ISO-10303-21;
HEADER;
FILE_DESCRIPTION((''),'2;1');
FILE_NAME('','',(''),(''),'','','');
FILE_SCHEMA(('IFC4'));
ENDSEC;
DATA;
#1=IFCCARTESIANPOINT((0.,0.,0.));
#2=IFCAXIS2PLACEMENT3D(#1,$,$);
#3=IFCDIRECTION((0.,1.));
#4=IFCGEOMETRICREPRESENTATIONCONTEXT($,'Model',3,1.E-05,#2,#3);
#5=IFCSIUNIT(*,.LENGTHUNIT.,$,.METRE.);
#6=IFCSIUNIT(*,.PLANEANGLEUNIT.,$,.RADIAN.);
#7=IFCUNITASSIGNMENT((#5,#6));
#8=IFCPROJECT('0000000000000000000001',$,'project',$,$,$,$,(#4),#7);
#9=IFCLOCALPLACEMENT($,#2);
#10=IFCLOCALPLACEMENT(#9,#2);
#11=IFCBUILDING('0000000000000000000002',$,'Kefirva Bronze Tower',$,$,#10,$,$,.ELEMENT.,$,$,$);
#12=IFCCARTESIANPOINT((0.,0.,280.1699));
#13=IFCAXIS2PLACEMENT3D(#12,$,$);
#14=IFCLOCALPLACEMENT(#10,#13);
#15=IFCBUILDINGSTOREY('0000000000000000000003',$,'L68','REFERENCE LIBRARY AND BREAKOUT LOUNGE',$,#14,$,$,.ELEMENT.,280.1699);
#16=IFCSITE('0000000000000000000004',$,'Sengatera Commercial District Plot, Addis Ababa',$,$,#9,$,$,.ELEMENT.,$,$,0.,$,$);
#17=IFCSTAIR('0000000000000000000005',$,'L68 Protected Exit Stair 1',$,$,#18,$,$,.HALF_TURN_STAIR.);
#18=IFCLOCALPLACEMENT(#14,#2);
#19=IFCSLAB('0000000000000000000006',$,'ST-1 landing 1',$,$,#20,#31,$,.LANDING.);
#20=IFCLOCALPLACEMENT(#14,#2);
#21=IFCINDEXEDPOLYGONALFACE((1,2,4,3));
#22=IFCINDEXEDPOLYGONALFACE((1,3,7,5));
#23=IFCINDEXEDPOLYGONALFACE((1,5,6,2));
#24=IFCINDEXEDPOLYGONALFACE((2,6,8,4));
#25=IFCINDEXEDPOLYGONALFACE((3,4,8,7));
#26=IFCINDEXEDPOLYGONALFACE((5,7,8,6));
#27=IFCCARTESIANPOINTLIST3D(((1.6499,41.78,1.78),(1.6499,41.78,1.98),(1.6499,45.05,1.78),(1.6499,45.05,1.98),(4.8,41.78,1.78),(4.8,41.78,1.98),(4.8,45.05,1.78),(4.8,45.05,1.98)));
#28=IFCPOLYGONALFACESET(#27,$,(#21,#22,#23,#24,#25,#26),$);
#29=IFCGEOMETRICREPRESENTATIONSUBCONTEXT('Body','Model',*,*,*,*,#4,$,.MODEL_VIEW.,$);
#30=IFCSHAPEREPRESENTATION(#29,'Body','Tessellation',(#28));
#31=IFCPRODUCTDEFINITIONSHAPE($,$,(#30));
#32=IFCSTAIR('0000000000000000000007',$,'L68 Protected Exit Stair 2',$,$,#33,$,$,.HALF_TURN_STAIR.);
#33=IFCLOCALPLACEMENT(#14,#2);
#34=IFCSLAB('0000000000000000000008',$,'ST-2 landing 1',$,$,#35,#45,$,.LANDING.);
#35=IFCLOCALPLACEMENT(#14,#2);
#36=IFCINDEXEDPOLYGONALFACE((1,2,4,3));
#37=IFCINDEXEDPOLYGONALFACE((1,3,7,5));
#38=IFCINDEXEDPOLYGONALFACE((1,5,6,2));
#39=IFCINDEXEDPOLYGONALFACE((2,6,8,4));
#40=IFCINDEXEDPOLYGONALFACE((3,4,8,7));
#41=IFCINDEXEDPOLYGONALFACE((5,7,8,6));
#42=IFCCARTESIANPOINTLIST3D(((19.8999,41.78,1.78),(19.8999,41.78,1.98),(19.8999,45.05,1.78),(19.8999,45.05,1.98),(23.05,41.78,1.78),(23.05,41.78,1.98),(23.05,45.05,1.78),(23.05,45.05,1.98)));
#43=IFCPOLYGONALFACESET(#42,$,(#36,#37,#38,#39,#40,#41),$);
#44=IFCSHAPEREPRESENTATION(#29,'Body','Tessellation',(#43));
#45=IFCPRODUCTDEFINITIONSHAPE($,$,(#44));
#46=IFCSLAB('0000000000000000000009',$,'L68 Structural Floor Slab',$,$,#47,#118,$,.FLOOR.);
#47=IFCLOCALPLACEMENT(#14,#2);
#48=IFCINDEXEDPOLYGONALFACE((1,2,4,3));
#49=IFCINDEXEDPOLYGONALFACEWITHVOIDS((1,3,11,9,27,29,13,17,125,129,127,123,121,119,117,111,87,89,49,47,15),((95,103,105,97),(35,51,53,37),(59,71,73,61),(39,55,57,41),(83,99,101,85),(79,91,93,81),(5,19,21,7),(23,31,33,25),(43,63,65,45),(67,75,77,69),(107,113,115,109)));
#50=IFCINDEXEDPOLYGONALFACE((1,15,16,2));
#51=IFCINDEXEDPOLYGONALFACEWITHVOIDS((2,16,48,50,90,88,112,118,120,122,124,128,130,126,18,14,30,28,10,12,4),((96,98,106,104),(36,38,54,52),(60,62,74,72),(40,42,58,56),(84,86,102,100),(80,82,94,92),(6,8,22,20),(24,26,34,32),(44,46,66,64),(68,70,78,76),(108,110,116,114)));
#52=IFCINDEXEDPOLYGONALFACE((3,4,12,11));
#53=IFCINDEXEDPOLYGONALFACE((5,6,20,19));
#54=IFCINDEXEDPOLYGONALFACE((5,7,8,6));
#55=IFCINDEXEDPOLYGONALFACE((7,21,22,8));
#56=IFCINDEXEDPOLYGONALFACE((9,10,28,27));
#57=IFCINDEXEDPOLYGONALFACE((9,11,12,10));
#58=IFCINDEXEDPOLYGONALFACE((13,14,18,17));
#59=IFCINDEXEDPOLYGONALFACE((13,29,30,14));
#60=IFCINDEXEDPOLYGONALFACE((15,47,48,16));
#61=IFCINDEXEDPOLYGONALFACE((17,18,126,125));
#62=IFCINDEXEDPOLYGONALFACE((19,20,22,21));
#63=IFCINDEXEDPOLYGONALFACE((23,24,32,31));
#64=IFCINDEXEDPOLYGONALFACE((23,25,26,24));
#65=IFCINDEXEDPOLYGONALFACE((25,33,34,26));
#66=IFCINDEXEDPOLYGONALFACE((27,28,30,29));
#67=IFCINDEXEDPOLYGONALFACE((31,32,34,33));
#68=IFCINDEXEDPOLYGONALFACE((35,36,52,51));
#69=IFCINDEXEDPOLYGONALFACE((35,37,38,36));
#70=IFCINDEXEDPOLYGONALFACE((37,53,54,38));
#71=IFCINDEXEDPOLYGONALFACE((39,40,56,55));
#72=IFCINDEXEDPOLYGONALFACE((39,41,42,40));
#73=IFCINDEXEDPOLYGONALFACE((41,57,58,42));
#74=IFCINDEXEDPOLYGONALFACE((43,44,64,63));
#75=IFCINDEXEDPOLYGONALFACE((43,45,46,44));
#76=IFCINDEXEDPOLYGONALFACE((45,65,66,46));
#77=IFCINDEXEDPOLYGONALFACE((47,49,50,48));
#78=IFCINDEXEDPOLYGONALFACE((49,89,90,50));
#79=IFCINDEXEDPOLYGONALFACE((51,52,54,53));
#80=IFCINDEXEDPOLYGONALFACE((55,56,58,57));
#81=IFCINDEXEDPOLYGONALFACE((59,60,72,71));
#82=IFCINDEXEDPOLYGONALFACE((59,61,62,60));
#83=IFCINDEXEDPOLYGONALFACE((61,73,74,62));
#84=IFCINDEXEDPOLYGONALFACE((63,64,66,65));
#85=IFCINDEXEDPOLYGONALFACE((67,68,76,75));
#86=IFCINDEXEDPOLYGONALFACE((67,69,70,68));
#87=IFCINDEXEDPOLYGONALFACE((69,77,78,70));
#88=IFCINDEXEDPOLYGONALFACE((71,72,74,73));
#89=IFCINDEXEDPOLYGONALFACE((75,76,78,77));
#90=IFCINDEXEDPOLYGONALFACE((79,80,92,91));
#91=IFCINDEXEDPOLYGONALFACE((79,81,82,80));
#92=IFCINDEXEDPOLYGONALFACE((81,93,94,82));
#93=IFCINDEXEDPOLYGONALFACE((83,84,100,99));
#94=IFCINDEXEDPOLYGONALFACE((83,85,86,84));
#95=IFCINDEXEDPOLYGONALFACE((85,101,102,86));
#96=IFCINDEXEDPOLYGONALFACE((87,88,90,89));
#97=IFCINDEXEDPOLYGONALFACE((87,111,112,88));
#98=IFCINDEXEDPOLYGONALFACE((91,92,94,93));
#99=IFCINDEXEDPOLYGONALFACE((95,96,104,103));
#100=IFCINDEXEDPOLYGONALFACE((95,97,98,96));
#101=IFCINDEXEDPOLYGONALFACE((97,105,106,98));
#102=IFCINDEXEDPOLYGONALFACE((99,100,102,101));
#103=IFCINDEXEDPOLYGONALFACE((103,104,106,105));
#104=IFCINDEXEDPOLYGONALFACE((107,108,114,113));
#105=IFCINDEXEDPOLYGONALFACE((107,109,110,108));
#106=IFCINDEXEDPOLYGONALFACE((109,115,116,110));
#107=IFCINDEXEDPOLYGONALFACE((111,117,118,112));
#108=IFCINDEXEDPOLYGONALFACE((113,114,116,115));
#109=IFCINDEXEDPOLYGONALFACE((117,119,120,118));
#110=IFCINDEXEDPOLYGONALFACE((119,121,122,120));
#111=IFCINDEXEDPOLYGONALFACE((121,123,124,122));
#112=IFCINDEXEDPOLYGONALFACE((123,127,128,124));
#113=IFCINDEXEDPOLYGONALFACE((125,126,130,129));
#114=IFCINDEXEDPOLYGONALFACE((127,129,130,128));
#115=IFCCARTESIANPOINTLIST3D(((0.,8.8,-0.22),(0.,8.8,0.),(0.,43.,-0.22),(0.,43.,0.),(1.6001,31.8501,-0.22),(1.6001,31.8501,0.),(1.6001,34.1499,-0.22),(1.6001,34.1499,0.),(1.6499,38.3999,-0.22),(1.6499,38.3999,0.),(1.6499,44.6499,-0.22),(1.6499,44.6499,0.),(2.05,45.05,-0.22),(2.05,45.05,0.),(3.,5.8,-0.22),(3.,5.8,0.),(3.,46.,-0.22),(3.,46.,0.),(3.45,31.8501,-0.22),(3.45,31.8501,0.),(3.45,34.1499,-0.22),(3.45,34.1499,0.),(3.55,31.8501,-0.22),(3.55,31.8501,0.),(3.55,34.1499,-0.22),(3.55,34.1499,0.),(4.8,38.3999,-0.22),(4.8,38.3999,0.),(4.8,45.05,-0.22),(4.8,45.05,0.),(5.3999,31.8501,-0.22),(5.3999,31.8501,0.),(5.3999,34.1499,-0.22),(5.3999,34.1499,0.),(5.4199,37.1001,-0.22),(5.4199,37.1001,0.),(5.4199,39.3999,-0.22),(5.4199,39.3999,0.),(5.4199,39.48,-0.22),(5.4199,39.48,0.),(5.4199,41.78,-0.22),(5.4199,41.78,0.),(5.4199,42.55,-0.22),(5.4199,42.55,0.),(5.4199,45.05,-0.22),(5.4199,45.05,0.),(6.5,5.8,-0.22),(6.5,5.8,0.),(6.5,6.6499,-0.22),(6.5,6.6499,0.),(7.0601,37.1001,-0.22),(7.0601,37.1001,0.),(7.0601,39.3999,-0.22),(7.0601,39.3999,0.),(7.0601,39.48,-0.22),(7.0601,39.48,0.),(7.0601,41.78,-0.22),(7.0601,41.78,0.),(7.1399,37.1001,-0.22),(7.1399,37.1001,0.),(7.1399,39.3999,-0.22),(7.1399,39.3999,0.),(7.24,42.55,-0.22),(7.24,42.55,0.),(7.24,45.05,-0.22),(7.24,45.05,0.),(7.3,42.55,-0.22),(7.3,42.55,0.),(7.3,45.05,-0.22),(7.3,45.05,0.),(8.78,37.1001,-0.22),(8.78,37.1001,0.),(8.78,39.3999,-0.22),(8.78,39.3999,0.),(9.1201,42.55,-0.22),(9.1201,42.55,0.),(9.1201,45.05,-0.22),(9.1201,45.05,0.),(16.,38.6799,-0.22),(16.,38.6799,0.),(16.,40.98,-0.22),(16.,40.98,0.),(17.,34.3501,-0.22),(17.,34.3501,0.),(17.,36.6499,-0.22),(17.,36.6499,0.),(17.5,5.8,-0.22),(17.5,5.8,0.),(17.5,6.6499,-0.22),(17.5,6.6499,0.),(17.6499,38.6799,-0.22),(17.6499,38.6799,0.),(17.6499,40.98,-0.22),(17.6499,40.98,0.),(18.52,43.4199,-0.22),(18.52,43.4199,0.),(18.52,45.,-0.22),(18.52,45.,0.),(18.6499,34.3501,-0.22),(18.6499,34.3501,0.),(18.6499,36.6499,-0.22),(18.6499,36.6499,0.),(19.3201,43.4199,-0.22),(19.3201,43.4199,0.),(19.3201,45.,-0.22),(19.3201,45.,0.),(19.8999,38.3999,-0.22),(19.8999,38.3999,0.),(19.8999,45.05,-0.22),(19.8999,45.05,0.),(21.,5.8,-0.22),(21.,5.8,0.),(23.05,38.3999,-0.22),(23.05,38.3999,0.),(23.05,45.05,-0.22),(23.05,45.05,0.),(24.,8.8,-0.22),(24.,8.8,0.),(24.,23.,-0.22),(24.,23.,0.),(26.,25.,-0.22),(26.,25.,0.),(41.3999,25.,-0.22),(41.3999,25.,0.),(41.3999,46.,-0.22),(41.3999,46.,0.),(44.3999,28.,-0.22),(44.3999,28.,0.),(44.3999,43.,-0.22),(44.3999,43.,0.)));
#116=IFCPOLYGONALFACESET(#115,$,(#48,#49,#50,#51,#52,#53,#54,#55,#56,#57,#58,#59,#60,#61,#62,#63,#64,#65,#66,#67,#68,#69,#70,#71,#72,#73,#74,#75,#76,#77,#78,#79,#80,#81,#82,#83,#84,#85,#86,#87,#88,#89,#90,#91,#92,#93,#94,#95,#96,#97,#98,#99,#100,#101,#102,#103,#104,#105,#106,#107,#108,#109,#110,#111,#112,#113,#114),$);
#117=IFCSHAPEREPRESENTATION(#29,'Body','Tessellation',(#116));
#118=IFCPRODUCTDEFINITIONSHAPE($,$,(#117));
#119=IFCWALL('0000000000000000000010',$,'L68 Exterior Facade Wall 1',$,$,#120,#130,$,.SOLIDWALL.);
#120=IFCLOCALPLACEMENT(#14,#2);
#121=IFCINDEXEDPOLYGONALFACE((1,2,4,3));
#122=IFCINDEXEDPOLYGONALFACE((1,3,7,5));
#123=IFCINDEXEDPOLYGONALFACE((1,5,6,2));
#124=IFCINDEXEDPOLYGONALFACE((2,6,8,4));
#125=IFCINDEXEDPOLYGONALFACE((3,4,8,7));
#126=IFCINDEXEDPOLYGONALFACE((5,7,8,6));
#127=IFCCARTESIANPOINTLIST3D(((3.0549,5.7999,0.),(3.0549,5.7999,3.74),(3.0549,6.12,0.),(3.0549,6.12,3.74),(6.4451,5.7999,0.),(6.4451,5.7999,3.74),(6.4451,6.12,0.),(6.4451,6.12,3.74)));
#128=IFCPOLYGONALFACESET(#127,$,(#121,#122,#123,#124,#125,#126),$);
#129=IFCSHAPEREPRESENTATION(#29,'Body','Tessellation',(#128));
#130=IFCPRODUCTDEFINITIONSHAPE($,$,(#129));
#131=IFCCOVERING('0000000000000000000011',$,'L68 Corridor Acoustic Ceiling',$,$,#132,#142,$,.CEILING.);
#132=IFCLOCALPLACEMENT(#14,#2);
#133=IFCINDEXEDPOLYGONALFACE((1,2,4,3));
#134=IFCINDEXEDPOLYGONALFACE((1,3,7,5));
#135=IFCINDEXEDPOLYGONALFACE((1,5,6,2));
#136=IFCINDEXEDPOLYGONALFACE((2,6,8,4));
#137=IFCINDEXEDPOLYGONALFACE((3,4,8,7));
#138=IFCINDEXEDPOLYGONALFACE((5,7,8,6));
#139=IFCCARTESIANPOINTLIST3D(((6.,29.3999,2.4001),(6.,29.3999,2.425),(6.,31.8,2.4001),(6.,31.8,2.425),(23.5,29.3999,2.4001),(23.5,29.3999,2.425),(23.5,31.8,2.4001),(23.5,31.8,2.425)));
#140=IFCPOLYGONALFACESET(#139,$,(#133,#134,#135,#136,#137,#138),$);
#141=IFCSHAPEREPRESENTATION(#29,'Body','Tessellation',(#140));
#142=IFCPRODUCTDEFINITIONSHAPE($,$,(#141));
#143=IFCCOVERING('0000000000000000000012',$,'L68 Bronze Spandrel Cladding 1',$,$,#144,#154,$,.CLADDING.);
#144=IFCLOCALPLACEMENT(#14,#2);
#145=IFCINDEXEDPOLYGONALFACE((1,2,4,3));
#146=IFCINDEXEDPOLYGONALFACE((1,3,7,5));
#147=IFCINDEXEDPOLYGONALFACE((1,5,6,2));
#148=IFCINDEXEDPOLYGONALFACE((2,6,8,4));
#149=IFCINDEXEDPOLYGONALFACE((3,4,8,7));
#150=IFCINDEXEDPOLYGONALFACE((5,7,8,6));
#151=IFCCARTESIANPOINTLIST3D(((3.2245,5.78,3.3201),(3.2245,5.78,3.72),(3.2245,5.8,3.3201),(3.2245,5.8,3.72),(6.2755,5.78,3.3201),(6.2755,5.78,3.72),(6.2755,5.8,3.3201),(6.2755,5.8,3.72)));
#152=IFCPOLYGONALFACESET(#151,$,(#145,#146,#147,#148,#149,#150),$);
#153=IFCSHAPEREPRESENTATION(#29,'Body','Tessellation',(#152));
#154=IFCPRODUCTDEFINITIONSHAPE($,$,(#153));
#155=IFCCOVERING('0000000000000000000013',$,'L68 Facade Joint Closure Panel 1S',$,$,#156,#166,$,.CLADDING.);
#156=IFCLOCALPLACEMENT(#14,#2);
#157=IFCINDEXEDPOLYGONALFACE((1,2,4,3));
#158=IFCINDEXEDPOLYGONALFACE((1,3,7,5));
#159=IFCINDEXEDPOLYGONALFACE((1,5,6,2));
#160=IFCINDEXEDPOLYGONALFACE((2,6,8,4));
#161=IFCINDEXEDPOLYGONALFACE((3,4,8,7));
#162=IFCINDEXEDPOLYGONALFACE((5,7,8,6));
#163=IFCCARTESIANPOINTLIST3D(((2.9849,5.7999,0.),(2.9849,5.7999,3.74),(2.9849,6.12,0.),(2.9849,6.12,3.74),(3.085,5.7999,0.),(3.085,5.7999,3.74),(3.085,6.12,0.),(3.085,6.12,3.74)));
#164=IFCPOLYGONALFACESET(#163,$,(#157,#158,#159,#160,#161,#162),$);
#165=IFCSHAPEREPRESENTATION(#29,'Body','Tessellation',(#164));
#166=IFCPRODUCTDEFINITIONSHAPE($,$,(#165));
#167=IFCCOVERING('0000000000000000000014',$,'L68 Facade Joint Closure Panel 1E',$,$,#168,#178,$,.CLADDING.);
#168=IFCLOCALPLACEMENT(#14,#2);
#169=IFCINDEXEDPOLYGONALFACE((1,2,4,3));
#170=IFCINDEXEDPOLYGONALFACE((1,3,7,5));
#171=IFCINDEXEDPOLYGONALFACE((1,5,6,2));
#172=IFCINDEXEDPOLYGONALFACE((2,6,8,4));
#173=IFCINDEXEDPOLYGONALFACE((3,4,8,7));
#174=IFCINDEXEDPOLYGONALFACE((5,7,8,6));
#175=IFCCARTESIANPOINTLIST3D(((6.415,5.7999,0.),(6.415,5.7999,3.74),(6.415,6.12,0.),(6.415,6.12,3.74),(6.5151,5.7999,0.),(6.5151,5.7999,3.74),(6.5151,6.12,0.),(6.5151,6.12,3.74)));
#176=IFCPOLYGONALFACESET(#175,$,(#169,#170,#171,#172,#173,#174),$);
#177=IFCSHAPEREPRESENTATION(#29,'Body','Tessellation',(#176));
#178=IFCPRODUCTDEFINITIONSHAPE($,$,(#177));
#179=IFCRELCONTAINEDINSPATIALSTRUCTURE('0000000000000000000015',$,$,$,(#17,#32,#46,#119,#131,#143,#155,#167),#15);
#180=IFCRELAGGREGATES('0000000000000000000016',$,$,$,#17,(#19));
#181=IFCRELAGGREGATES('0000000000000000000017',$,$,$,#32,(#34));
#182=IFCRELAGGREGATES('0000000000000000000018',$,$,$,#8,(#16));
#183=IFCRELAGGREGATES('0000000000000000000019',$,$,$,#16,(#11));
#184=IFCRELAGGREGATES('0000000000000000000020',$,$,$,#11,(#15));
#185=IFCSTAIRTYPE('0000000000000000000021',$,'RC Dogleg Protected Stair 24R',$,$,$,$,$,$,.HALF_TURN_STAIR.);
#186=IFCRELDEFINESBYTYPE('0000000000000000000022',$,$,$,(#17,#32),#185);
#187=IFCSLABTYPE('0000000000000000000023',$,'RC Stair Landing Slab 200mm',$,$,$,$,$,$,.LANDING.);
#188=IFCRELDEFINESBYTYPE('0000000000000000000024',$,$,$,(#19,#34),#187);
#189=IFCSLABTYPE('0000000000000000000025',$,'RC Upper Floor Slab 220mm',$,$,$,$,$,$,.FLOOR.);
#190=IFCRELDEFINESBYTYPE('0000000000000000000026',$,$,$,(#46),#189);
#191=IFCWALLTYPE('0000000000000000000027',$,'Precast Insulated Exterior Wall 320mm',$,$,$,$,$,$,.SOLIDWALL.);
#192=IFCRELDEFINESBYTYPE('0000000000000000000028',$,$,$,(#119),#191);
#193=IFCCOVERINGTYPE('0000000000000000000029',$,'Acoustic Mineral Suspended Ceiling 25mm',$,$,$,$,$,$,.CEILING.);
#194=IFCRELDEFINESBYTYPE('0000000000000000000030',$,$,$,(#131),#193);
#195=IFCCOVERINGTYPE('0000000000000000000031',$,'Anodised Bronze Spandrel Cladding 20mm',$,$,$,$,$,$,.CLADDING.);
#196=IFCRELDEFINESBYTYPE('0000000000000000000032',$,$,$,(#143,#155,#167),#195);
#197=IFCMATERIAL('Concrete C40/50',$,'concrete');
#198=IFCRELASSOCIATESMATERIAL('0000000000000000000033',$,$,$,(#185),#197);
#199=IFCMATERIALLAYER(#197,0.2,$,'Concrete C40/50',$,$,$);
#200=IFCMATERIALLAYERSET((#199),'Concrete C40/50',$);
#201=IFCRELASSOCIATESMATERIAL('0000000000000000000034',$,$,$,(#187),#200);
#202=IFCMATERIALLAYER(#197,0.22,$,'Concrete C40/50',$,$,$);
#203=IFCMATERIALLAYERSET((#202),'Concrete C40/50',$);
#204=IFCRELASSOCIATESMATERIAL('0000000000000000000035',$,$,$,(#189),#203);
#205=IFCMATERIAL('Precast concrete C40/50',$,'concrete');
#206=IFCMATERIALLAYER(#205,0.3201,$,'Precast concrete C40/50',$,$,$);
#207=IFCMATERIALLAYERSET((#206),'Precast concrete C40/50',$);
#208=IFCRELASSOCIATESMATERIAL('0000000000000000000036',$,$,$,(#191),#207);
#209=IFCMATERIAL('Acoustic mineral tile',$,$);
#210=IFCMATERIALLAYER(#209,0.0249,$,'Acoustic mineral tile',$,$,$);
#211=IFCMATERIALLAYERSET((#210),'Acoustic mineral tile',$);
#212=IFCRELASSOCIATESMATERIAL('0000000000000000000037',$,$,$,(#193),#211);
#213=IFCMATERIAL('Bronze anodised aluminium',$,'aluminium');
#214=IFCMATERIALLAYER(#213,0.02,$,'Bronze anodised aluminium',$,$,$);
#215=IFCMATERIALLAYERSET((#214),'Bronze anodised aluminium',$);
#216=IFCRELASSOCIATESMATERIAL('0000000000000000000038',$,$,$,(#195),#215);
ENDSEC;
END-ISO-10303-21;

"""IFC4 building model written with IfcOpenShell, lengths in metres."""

from ifc_helpers import new_model, si_unit, direction, frame, frame_2d, origin, origin_2d, place, context, subcontext, project, spatial, polyline, rectangle, outline, extrude, material, layer, layer_set, type_object, element, aggregate, save


model = new_model("IFC4")

# Units and contexts
model_context = context("Model", 3, precision=1e-05, world=origin(), true_north=direction((0.0, 1.0)))
body_context = subcontext(model_context, "Body", "Model", "MODEL_VIEW")
ifc_project = project(units=[si_unit("LENGTHUNIT", "METRE"), si_unit("PLANEANGLEUNIT", "RADIAN")], contexts=[model_context])

# Site, building, storey
site_placement = place(None, origin())
site = spatial("IfcSite", under=ifc_project, at=site_placement, Name="Sengatera Commercial District Plot, Addis Ababa", CompositionType="ELEMENT", RefElevation=0.0)
building_placement = place(site_placement, origin())
building = spatial("IfcBuilding", under=site, at=building_placement, Name="Kefirva Bronze Tower", CompositionType="ELEMENT")
storey_placement = place(building_placement, frame((0.0, 0.0, 280.1699)))
storey = spatial("IfcBuildingStorey", under=building, at=storey_placement, Name="L68", Description="REFERENCE LIBRARY AND BREAKOUT LOUNGE", CompositionType="ELEMENT", Elevation=280.1699)

# Stairs, slabs
ifc_material_1 = material(Name="Concrete C40/50", Category="concrete")
stair_type = type_object("IfcStairType", Name="RC Dogleg Protected Stair 24R", PredefinedType="HALF_TURN_STAIR", material=ifc_material_1)
stair_1_placement = place(storey_placement, origin())
stair_1 = element("IfcStair", 1, at=stair_1_placement, inside=storey, type_object=stair_type, Name="L68 Protected Exit Stair 1", PredefinedType="HALF_TURN_STAIR")
ifc_layer_1 = layer(ifc_material_1, 0.2, Name="Concrete C40/50")
ifc_layer_set_1 = layer_set([ifc_layer_1], Name="Concrete C40/50")
slab_type_1 = type_object("IfcSlabType", Name="RC Stair Landing Slab 200mm", PredefinedType="LANDING", material=ifc_layer_set_1)
slab_1_placement = place(storey_placement, frame((0.0, 0.0, 1.78)))
slab_1 = element("IfcSlab", 2, at=slab_1_placement, type_object=slab_type_1, Name="ST-1 landing 1", PredefinedType="LANDING", context=body_context, shape_type="SweptSolid", body=[
    extrude(outline(polyline([(4.8, 41.78), (4.8, 45.05), (1.6499, 45.05), (1.6499, 41.78), (4.8, 41.78)])), origin(), (0.0, 0.0, 1.0), 0.2),
])
aggregate(stair_1, [slab_1])
stair_2_placement = place(storey_placement, origin())
stair_2 = element("IfcStair", 3, at=stair_2_placement, inside=storey, type_object=stair_type, Name="L68 Protected Exit Stair 2", PredefinedType="HALF_TURN_STAIR")
slab_2_placement = place(storey_placement, frame((0.0, 0.0, 1.78)))
slab_2 = element("IfcSlab", 4, at=slab_2_placement, type_object=slab_type_1, Name="ST-2 landing 1", PredefinedType="LANDING", context=body_context, shape_type="SweptSolid", body=[
    extrude(outline(polyline([(23.05, 41.78), (23.05, 45.05), (19.8999, 45.05), (19.8999, 41.78), (23.05, 41.78)])), origin(), (0.0, 0.0, 1.0), 0.2),
])
aggregate(stair_2, [slab_2])

# Slab
ifc_layer_2 = layer(ifc_material_1, 0.22, Name="Concrete C40/50")
ifc_layer_set_2 = layer_set([ifc_layer_2], Name="Concrete C40/50")
slab_type_2 = type_object("IfcSlabType", Name="RC Upper Floor Slab 220mm", PredefinedType="FLOOR", material=ifc_layer_set_2)
slab_3_placement = place(storey_placement, frame((0.0, 0.0, -0.22)))
element("IfcSlab", 5, at=slab_3_placement, inside=storey, type_object=slab_type_2, Name="L68 Structural Floor Slab", PredefinedType="FLOOR", context=body_context, shape_type="SweptSolid", body=[
    extrude(outline(polyline([(0.0, 8.8), (0.0, 43.0), (1.6499, 44.6499), (1.6499, 38.3999), (4.8, 38.3999), (4.8, 45.05), (2.05, 45.05), (3.0, 46.0), (41.3999, 46.0), (44.3999, 43.0), (44.3999, 28.0), (41.3999, 25.0), (26.0, 25.0), (24.0, 23.0), (24.0, 8.8), (21.0, 5.8), (17.5, 5.8), (17.5, 6.6499), (6.5, 6.6499), (6.5, 5.8), (3.0, 5.8), (0.0, 8.8)]), holes=[polyline([(23.05, 45.05), (19.8999, 45.05), (19.8999, 38.3999), (23.05, 38.3999), (23.05, 45.05)]), polyline([(19.3201, 43.4199), (19.3201, 45.0), (18.52, 45.0), (18.52, 43.4199), (19.3201, 43.4199)]), polyline([(18.6499, 36.6499), (17.0, 36.6499), (17.0, 34.3501), (18.6499, 34.3501), (18.6499, 36.6499)]), polyline([(17.6499, 38.6799), (17.6499, 40.98), (16.0, 40.98), (16.0, 38.6799), (17.6499, 38.6799)]), polyline([(9.1201, 42.55), (9.1201, 45.05), (7.3, 45.05), (7.3, 42.55), (9.1201, 42.55)]), polyline([(8.78, 37.1001), (8.78, 39.3999), (7.1399, 39.3999), (7.1399, 37.1001), (8.78, 37.1001)]), polyline([(7.24, 42.55), (7.24, 45.05), (5.4199, 45.05), (5.4199, 42.55), (7.24, 42.55)]), polyline([(7.0601, 37.1001), (7.0601, 39.3999), (5.4199, 39.3999), (5.4199, 37.1001), (7.0601, 37.1001)]), polyline([(7.0601, 41.78), (5.4199, 41.78), (5.4199, 39.48), (7.0601, 39.48), (7.0601, 41.78)]), polyline([(5.3999, 31.8501), (5.3999, 34.1499), (3.55, 34.1499), (3.55, 31.8501), (5.3999, 31.8501)]), polyline([(3.45, 34.1499), (1.6001, 34.1499), (1.6001, 31.8501), (3.45, 31.8501), (3.45, 34.1499)])]), origin(), (0.0, 0.0, 1.0), 0.22),
])

# Wall
ifc_material_2 = material(Name="Precast concrete C40/50", Category="concrete")
ifc_layer_3 = layer(ifc_material_2, 0.3201, Name="Precast concrete C40/50")
ifc_layer_set_3 = layer_set([ifc_layer_3], Name="Precast concrete C40/50")
wall_type = type_object("IfcWallType", Name="Precast Insulated Exterior Wall 320mm", PredefinedType="SOLIDWALL", material=ifc_layer_set_3)
wall_placement = place(storey_placement, frame((3.0549, 5.96, 0.0), z_axis=(0.0, 0.0, 1.0), x_axis=(1.0, 0.0, 0.0)))
element("IfcWall", 6, at=wall_placement, inside=storey, type_object=wall_type, Name="L68 Exterior Facade Wall 1", PredefinedType="SOLIDWALL", context=body_context, shape_type="SweptSolid", body=[
    extrude(rectangle(XDim=3.3901, YDim=0.3201, at=frame_2d((1.6951, 0.0))), origin(), (0.0, 0.0, 1.0), 3.74),
])

# Coverings
ifc_material_3 = material(Name="Acoustic mineral tile")
ifc_layer_4 = layer(ifc_material_3, 0.0249, Name="Acoustic mineral tile")
ifc_layer_set_4 = layer_set([ifc_layer_4], Name="Acoustic mineral tile")
covering_type_1 = type_object("IfcCoveringType", Name="Acoustic Mineral Suspended Ceiling 25mm", PredefinedType="CEILING", material=ifc_layer_set_4)
covering_1_placement = place(storey_placement, frame((0.0, 0.0, 2.4001)))
element("IfcCovering", 7, at=covering_1_placement, inside=storey, type_object=covering_type_1, Name="L68 Corridor Acoustic Ceiling", PredefinedType="CEILING", context=body_context, shape_type="SweptSolid", body=[
    extrude(outline(polyline([(6.0, 29.3999), (23.5, 29.3999), (23.5, 31.8), (6.0, 31.8), (6.0, 29.3999)])), origin(), (0.0, 0.0, 1.0), 0.0249),
])
ifc_material_4 = material(Name="Bronze anodised aluminium", Category="aluminium")
ifc_layer_5 = layer(ifc_material_4, 0.02, Name="Bronze anodised aluminium")
ifc_layer_set_5 = layer_set([ifc_layer_5], Name="Bronze anodised aluminium")
covering_type_2 = type_object("IfcCoveringType", Name="Anodised Bronze Spandrel Cladding 20mm", PredefinedType="CLADDING", material=ifc_layer_set_5)
covering_2_placement = place(storey_placement, frame((4.75, 5.79, 3.3201), z_axis=(0.0, 0.0, 1.0), x_axis=(1.0, 0.0, 0.0)))
element("IfcCovering", 8, at=covering_2_placement, inside=storey, type_object=covering_type_2, Name="L68 Bronze Spandrel Cladding 1", PredefinedType="CLADDING", context=body_context, shape_type="SweptSolid", body=[
    extrude(rectangle(XDim=3.051, YDim=0.02, at=origin_2d()), origin(), (0.0, 0.0, 1.0), 0.3999),
])
for number, where, z_axis, x_axis, name in (
    (9, (3.0349, 5.96, 0.0), (0.0, 0.0, 1.0), (1.0, 0.0, 0.0), "L68 Facade Joint Closure Panel 1S"),
    (10, (6.4651, 5.96, 0.0), (0.0, 0.0, 1.0), (1.0, 0.0, 0.0), "L68 Facade Joint Closure Panel 1E"),
):
    element("IfcCovering", number, at=place(storey_placement, frame(where, z_axis=z_axis, x_axis=x_axis)), inside=storey, type_object=covering_type_2, Name=name, PredefinedType="CLADDING", context=body_context, shape_type="SweptSolid", body=[
        extrude(rectangle(XDim=0.1001, YDim=0.3201, at=origin_2d()), origin(), (0.0, 0.0, 1.0), 3.74),
    ])

save(model, "model.ifc")
